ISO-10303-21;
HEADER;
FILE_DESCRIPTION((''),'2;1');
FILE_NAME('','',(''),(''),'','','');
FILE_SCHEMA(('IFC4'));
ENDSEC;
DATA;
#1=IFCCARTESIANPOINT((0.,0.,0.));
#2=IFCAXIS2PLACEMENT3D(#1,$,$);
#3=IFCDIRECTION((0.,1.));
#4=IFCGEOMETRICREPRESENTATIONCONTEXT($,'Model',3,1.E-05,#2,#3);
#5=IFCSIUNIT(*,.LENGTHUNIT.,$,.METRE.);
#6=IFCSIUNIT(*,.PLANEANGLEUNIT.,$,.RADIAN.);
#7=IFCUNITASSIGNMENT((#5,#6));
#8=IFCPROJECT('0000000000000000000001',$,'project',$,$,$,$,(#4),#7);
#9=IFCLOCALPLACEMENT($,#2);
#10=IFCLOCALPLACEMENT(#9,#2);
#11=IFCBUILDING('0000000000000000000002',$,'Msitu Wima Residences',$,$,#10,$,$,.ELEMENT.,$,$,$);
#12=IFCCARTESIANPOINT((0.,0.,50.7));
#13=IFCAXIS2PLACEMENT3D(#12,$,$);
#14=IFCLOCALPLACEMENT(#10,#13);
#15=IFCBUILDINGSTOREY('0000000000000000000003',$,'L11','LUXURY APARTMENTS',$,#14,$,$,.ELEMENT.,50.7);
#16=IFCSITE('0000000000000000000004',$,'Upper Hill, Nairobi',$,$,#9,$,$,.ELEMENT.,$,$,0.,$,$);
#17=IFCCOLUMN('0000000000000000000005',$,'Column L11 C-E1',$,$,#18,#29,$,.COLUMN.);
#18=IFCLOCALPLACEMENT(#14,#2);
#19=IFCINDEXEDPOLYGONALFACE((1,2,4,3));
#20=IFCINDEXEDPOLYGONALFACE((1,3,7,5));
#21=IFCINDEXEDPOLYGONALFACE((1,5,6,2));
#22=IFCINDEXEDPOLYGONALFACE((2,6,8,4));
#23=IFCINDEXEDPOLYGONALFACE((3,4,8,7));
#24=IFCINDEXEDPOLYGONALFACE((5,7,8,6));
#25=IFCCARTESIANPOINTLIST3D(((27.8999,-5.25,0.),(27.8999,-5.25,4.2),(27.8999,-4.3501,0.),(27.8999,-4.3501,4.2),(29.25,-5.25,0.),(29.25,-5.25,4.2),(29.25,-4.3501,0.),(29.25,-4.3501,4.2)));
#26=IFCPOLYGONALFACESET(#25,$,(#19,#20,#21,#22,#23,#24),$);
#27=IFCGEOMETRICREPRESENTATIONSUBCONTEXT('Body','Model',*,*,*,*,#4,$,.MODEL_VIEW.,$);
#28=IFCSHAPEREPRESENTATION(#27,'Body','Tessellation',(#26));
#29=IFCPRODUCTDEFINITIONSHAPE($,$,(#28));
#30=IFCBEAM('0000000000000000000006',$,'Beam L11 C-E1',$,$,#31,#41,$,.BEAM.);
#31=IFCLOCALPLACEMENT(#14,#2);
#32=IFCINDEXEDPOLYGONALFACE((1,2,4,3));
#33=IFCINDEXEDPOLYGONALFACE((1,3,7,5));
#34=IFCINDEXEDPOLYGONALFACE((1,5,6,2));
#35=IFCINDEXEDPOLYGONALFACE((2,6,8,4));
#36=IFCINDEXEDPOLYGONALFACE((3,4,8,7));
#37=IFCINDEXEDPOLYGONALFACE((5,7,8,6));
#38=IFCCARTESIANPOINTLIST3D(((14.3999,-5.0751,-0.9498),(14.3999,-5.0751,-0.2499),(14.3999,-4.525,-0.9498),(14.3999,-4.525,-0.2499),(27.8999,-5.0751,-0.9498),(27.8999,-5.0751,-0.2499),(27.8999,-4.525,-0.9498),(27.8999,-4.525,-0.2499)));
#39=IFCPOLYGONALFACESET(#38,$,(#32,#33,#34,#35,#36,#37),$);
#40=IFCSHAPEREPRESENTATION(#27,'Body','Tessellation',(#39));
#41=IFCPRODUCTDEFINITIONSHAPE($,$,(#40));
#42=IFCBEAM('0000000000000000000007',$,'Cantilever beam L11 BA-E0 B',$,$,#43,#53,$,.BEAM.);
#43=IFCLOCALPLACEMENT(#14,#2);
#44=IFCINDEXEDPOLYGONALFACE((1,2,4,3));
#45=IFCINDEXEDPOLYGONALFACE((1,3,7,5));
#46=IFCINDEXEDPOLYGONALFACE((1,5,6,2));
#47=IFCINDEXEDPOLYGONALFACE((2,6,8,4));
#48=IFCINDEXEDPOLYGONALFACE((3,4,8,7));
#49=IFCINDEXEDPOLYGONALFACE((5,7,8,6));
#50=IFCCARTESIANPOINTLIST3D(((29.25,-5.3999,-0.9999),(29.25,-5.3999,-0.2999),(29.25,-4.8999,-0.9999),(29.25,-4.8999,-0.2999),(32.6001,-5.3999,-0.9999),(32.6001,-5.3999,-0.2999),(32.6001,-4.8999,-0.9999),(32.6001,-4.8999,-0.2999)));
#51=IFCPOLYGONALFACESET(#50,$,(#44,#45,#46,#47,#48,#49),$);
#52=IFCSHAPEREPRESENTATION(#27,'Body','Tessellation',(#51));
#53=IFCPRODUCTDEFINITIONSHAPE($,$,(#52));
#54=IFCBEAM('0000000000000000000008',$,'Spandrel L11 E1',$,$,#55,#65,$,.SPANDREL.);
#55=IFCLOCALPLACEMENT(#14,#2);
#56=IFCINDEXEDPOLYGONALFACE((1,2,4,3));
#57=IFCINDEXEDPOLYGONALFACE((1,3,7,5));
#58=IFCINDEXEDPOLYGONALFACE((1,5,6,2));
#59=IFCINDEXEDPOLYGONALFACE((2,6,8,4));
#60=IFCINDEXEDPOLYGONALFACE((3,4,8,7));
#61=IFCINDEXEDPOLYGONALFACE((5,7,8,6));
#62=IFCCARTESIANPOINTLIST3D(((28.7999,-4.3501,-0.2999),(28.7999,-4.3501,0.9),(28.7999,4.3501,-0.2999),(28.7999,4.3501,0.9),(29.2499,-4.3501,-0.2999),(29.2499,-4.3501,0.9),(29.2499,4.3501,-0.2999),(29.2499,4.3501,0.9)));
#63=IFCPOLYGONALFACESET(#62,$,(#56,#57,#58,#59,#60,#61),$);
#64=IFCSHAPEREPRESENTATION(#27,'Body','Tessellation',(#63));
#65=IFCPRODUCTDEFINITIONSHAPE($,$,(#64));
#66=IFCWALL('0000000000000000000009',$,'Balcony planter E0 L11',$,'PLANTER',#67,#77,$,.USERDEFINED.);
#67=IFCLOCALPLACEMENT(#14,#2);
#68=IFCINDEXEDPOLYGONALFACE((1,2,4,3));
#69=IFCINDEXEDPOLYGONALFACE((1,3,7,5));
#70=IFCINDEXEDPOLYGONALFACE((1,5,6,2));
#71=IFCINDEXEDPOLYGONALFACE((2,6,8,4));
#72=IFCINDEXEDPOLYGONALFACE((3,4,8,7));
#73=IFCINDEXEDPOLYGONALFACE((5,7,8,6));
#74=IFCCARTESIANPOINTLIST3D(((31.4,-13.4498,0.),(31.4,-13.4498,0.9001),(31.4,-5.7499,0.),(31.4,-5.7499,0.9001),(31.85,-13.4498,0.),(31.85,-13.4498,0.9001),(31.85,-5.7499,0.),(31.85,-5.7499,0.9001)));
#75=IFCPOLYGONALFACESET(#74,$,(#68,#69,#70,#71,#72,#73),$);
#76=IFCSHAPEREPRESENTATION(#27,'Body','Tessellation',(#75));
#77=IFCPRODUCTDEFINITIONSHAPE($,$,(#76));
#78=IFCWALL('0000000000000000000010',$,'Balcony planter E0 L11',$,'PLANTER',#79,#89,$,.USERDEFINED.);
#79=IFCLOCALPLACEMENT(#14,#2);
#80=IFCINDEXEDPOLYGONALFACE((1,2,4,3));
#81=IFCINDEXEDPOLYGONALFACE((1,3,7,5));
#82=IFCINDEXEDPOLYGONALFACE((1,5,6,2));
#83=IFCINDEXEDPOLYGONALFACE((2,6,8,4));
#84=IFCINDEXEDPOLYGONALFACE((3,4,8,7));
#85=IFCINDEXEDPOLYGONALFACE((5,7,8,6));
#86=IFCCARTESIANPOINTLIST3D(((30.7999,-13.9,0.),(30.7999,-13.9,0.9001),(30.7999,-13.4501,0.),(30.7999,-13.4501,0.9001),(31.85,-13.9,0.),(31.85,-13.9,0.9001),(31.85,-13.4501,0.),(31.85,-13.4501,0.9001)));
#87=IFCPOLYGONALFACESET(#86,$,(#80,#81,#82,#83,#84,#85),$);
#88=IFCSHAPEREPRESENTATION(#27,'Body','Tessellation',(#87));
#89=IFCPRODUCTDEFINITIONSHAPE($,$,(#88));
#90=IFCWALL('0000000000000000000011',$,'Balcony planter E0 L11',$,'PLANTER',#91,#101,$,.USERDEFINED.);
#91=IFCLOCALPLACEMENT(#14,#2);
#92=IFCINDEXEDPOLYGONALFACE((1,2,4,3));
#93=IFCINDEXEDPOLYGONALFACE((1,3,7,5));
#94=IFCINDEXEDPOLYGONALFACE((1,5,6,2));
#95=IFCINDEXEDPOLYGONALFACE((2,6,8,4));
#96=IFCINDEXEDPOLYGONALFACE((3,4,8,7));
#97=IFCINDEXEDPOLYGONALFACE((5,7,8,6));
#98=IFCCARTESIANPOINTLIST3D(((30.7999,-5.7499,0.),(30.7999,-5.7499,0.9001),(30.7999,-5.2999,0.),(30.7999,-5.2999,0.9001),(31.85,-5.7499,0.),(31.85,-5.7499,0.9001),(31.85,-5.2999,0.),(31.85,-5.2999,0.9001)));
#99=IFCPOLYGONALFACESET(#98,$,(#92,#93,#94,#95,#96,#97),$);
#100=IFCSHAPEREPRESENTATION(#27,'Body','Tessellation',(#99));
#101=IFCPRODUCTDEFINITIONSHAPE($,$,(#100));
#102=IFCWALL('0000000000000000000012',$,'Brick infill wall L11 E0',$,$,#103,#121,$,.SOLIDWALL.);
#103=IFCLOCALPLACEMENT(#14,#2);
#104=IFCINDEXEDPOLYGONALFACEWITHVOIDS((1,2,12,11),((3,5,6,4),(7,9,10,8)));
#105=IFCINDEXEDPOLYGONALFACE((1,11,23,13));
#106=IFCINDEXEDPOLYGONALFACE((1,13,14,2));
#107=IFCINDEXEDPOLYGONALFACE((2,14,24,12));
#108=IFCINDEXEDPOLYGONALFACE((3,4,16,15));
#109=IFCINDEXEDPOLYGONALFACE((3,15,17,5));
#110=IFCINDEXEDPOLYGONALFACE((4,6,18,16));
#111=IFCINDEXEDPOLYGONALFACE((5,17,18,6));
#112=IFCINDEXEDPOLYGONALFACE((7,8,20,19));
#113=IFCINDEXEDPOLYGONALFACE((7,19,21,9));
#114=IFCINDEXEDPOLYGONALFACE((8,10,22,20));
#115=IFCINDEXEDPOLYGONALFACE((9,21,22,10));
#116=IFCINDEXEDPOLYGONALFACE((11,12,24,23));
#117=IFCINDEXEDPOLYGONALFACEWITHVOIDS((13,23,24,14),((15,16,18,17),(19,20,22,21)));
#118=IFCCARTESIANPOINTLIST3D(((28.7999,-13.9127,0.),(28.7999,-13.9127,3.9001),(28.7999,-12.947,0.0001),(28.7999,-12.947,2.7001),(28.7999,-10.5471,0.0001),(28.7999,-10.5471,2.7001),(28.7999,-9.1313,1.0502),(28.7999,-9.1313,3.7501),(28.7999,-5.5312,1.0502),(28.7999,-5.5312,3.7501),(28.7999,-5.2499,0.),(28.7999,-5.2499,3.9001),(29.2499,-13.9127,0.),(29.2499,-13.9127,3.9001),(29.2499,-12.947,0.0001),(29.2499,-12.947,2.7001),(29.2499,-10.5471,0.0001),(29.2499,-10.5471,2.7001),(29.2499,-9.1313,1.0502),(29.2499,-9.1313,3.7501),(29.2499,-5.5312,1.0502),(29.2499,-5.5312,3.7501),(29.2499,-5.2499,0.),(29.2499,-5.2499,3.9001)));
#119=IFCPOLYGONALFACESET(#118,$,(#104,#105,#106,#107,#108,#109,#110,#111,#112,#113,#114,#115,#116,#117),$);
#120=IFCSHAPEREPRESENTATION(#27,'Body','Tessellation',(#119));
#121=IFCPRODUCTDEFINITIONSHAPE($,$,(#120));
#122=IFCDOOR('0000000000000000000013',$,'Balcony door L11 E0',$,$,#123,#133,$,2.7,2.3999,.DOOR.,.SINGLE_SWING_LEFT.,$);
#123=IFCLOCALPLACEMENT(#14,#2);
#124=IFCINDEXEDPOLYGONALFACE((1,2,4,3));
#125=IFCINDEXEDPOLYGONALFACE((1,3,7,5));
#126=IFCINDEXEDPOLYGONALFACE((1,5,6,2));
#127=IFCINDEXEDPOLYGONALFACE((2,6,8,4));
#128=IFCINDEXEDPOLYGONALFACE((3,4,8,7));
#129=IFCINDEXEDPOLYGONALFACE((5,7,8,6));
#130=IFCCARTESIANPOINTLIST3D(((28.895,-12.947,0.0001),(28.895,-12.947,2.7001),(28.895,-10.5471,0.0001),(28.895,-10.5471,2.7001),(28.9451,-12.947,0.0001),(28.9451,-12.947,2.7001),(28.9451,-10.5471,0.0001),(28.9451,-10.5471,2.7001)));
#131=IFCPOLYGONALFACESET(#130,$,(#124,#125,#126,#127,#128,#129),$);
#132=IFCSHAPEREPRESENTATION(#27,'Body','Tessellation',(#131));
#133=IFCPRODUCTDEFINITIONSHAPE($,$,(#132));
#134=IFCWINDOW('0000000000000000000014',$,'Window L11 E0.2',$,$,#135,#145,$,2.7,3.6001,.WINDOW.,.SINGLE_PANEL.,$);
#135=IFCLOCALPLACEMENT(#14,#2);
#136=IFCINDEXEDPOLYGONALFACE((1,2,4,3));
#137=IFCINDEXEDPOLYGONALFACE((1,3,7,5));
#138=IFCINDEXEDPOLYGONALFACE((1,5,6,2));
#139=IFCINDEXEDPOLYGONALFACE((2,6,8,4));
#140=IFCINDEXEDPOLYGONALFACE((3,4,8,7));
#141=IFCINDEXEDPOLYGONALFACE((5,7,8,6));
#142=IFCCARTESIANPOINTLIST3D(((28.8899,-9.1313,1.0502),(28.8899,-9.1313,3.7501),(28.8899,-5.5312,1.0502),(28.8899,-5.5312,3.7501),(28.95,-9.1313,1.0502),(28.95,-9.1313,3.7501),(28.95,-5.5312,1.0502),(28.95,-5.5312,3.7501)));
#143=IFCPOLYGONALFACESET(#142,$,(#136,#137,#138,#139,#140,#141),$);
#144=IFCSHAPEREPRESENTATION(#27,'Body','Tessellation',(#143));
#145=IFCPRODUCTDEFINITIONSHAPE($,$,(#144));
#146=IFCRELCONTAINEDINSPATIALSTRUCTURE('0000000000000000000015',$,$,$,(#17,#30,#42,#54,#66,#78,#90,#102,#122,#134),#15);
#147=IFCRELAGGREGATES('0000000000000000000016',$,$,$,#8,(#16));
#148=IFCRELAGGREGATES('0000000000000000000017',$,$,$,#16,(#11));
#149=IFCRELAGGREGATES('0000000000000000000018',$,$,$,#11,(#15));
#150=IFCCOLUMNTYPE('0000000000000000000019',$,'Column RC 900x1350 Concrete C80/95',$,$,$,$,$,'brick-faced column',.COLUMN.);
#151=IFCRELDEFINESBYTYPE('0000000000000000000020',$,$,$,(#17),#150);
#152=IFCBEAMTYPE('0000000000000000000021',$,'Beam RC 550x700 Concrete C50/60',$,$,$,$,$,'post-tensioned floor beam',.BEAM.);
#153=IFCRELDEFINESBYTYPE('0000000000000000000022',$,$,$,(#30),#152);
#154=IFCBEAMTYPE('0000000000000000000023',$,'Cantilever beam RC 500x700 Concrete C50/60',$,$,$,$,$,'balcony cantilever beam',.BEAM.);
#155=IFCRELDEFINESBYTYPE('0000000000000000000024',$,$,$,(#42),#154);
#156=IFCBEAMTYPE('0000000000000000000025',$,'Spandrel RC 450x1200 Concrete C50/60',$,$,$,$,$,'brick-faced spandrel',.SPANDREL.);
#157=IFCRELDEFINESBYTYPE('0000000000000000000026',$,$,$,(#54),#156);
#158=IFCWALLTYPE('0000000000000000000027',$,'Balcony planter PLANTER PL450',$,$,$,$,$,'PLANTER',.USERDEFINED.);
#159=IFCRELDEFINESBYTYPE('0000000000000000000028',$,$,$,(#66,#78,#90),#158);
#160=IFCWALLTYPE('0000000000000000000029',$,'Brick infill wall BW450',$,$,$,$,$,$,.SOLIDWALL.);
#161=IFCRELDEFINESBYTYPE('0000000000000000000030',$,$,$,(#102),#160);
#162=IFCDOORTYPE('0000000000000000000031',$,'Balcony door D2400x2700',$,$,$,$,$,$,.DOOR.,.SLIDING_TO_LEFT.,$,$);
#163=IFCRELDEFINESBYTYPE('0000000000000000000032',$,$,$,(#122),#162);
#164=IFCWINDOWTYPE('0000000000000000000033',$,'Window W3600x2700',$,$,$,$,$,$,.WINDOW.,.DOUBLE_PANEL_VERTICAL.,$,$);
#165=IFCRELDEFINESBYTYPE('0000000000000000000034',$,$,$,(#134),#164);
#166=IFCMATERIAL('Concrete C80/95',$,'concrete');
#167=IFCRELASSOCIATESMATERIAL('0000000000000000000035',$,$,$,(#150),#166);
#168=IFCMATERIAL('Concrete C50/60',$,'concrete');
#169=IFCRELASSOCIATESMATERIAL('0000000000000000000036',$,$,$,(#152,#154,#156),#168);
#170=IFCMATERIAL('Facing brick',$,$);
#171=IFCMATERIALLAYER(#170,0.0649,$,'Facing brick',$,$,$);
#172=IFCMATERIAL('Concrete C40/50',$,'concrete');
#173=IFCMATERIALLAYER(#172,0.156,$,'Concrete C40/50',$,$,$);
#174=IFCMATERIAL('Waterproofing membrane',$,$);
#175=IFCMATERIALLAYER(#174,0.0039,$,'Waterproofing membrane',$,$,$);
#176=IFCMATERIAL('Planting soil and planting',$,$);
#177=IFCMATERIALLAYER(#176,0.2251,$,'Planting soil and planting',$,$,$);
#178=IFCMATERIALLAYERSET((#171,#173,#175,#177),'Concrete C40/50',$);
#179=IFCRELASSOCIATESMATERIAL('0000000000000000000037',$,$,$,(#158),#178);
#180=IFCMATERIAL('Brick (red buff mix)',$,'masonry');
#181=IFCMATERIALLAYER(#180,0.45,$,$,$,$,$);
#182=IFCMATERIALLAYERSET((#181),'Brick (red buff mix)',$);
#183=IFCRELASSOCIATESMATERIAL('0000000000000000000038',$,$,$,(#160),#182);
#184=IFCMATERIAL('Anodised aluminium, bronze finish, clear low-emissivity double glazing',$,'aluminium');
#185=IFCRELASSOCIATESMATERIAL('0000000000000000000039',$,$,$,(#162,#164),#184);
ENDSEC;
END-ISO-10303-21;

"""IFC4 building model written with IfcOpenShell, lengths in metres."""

from ifc_helpers import new_model, si_unit, direction, frame, frame_2d, origin, origin_2d, place, context, subcontext, project, spatial, rectangle, extrude, material, layer, layer_set, material_profile, profile_set, type_object, element, fill, save


model = new_model("IFC4")

# Units and contexts
model_context = context("Model", 3, precision=1e-05, world=origin(), true_north=direction((0.0, 1.0)))
body_context = subcontext(model_context, "Body", "Model", "MODEL_VIEW")
ifc_project = project(units=[si_unit("LENGTHUNIT", "METRE"), si_unit("PLANEANGLEUNIT", "RADIAN")], contexts=[model_context])

# Site, building, storey
site_placement = place(None, origin())
site = spatial("IfcSite", under=ifc_project, at=site_placement, Name="Upper Hill, Nairobi", CompositionType="ELEMENT", RefElevation=0.0)
building_placement = place(site_placement, origin())
building = spatial("IfcBuilding", under=site, at=building_placement, Name="Msitu Wima Residences", CompositionType="ELEMENT")
storey_placement = place(building_placement, frame((0.0, 0.0, 50.7)))
storey = spatial("IfcBuildingStorey", under=building, at=storey_placement, Name="L11", Description="LUXURY APARTMENTS", CompositionType="ELEMENT", Elevation=50.7)

# Column
ifc_material_1 = material(Name="Concrete C80/95", Category="concrete")
ifc_material_profile_1 = material_profile(ifc_material_1, rectangle(XDim=0.8999, YDim=1.3501, at=origin_2d()), Name="RC 900x1350")
ifc_profile_set_1 = profile_set([ifc_material_profile_1], Name="Concrete C80/95")
column_type = type_object("IfcColumnType", Name="Column RC 900x1350 Concrete C80/95", ElementType="brick-faced column", PredefinedType="COLUMN", material=ifc_profile_set_1)
column_placement = place(storey_placement, frame((28.575, -4.8, 0.0), z_axis=(0.0, 0.0, 1.0), x_axis=(0.0, 1.0, 0.0)))
element("IfcColumn", 1, at=column_placement, inside=storey, type_object=column_type, Name="Column L11 C-E1", PredefinedType="COLUMN", context=body_context, shape_type="SweptSolid", body=[
    extrude(rectangle(XDim=0.8999, YDim=1.3501, at=origin_2d()), origin(), (0.0, 0.0, 1.0), 4.2),
])

# Beams
ifc_material_2 = material(Name="Concrete C50/60", Category="concrete")
ifc_material_profile_2 = material_profile(ifc_material_2, rectangle(XDim=0.55, YDim=0.7, at=origin_2d()), Name="RC 550x700")
ifc_profile_set_2 = profile_set([ifc_material_profile_2], Name="Concrete C50/60")
beam_type_1 = type_object("IfcBeamType", Name="Beam RC 550x700 Concrete C50/60", ElementType="post-tensioned floor beam", PredefinedType="BEAM", material=ifc_profile_set_2)
beam_1_placement = place(storey_placement, frame((27.8999, -4.8, -0.5999), z_axis=(-1.0, 0.0, 0.0), x_axis=(0.0, -1.0, 0.0)))
element("IfcBeam", 2, at=beam_1_placement, inside=storey, type_object=beam_type_1, Name="Beam L11 C-E1", PredefinedType="BEAM", context=body_context, shape_type="SweptSolid", body=[
    extrude(rectangle(XDim=0.55, YDim=0.7, at=origin_2d()), origin(), (0.0, 0.0, 1.0), 13.5),
])
ifc_material_profile_3 = material_profile(ifc_material_2, rectangle(XDim=0.5, YDim=0.7, at=origin_2d()), Name="RC 500x700")
ifc_profile_set_3 = profile_set([ifc_material_profile_3], Name="Concrete C50/60")
beam_type_2 = type_object("IfcBeamType", Name="Cantilever beam RC 500x700 Concrete C50/60", ElementType="balcony cantilever beam", PredefinedType="BEAM", material=ifc_profile_set_3)
beam_2_placement = place(storey_placement, frame((29.25, -5.1499, -0.6499), z_axis=(1.0, 0.0, 0.0), x_axis=(0.0, 1.0, 0.0)))
element("IfcBeam", 3, at=beam_2_placement, inside=storey, type_object=beam_type_2, Name="Cantilever beam L11 BA-E0 B", PredefinedType="BEAM", context=body_context, shape_type="SweptSolid", body=[
    extrude(rectangle(XDim=0.5, YDim=0.7, at=origin_2d()), origin(), (0.0, 0.0, 1.0), 3.3501),
])
ifc_material_profile_4 = material_profile(ifc_material_2, rectangle(XDim=0.45, YDim=1.2, at=origin_2d()), Name="RC 450x1200")
ifc_profile_set_4 = profile_set([ifc_material_profile_4], Name="Concrete C50/60")
beam_type_3 = type_object("IfcBeamType", Name="Spandrel RC 450x1200 Concrete C50/60", ElementType="brick-faced spandrel", PredefinedType="SPANDREL", material=ifc_profile_set_4)
beam_3_placement = place(storey_placement, frame((29.0249, -4.3501, 0.3), z_axis=(0.0, 1.0, 0.0), x_axis=(-1.0, 0.0, 0.0)))
element("IfcBeam", 4, at=beam_3_placement, inside=storey, type_object=beam_type_3, Name="Spandrel L11 E1", PredefinedType="SPANDREL", context=body_context, shape_type="SweptSolid", body=[
    extrude(rectangle(XDim=0.45, YDim=1.2, at=origin_2d()), origin(), (0.0, 0.0, 1.0), 8.7002),
])

# Walls
ifc_material_3 = material(Name="Facing brick")
ifc_layer_1 = layer(ifc_material_3, 0.0649, Name="Facing brick")
ifc_material_4 = material(Name="Concrete C40/50", Category="concrete")
ifc_layer_2 = layer(ifc_material_4, 0.156, Name="Concrete C40/50")
ifc_material_5 = material(Name="Waterproofing membrane")
ifc_layer_3 = layer(ifc_material_5, 0.0039, Name="Waterproofing membrane")
ifc_material_6 = material(Name="Planting soil and planting")
ifc_layer_4 = layer(ifc_material_6, 0.2251, Name="Planting soil and planting")
ifc_layer_set_1 = layer_set([ifc_layer_1, ifc_layer_2, ifc_layer_3, ifc_layer_4], Name="Concrete C40/50")
wall_type_1 = type_object("IfcWallType", Name="Balcony planter PLANTER PL450", ElementType="PLANTER", PredefinedType="USERDEFINED", material=ifc_layer_set_1)
wall_1_placement = place(storey_placement, frame((31.625, -13.45, 0.0), z_axis=(0.0, 0.0, 1.0), x_axis=(0.0, 1.0, 0.0)))
element("IfcWall", 5, at=wall_1_placement, inside=storey, type_object=wall_type_1, Name="Balcony planter E0 L11", ObjectType="PLANTER", PredefinedType="USERDEFINED", context=body_context, shape_type="SweptSolid", body=[
    extrude(rectangle(XDim=7.7, YDim=0.45, at=frame_2d((3.8501, 0.0))), origin(), (0.0, 0.0, 1.0), 0.9001),
])
for number, where, z_axis, x_axis, name in (
    (6, (30.8, -13.675, 0.0), (0.0, 0.0, 1.0), (1.0, 0.0, 0.0), "Balcony planter E0 L11"),
    (7, (30.8, -5.5249, 0.0), (0.0, 0.0, 1.0), (1.0, 0.0, 0.0), "Balcony planter E0 L11"),
):
    element("IfcWall", number, at=place(storey_placement, frame(where, z_axis=z_axis, x_axis=x_axis)), inside=storey, type_object=wall_type_1, Name=name, ObjectType="PLANTER", PredefinedType="USERDEFINED", context=body_context, shape_type="SweptSolid", body=[
        extrude(rectangle(XDim=1.05, YDim=0.45, at=frame_2d((0.5249, 0.0))), origin(), (0.0, 0.0, 1.0), 0.9001),
    ])

# Wall, openings, door, window
ifc_material_7 = material(Name="Brick (red buff mix)", Category="masonry")
ifc_layer_5 = layer(ifc_material_7, 0.45)
ifc_layer_set_2 = layer_set([ifc_layer_5], Name="Brick (red buff mix)")
wall_type_2 = type_object("IfcWallType", Name="Brick infill wall BW450", PredefinedType="SOLIDWALL", material=ifc_layer_set_2)
wall_2_placement = place(storey_placement, frame((29.0249, -13.9128, 0.0), z_axis=(0.0, 0.0, 1.0), x_axis=(0.0, 1.0, 0.0)))
wall_2 = element("IfcWall", 8, at=wall_2_placement, inside=storey, type_object=wall_type_2, Name="Brick infill wall L11 E0", PredefinedType="SOLIDWALL", context=body_context, shape_type="SweptSolid", body=[
    extrude(rectangle(XDim=8.6628, YDim=0.45, at=frame_2d((4.3315, 0.0))), origin(), (0.0, 0.0, 1.0), 3.9001),
])
opening_1_placement = place(wall_2_placement, frame((0.9658, 0.0, 0.0)))
opening_1 = element("IfcOpeningElement", 9, at=opening_1_placement, cuts=wall_2, PredefinedType="OPENING", context=body_context, shape_type="SweptSolid", body=[
    extrude(rectangle(XDim=2.3999, YDim=2.7, at=frame_2d((1.2, 1.3501))), frame((0.0, 0.2349, 0.0), z_axis=(0.0, -1.0, 0.0), x_axis=(1.0, 0.0, 0.0)), (0.0, 0.0, 1.0), 0.47),
])
opening_2_placement = place(wall_2_placement, frame((4.7815, 0.0, 1.05)))
opening_2 = element("IfcOpeningElement", 10, at=opening_2_placement, cuts=wall_2, PredefinedType="OPENING", context=body_context, shape_type="SweptSolid", body=[
    extrude(rectangle(XDim=3.6001, YDim=2.7, at=frame_2d((1.8, 1.3501))), frame((0.0, 0.2349, 0.0), z_axis=(0.0, -1.0, 0.0), x_axis=(1.0, 0.0, 0.0)), (0.0, 0.0, 1.0), 0.47),
])
ifc_material_8 = material(Name="Anodised aluminium, bronze finish, clear low-emissivity double glazing", Category="aluminium")
door_type_1 = type_object("IfcDoorType", Name="Balcony door D2400x2700", OperationType="SLIDING_TO_LEFT", PredefinedType="DOOR", material=ifc_material_8)
door_1_placement = place(opening_1_placement, origin())
door_1 = element("IfcDoor", 11, at=door_1_placement, inside=storey, type_object=door_type_1, Name="Balcony door L11 E0", OperationType="SINGLE_SWING_LEFT", OverallHeight=2.7, OverallWidth=2.3999, PredefinedType="DOOR", context=body_context, shape_type="SweptSolid", body=[
    extrude(rectangle(XDim=2.3999, YDim=2.7, at=frame_2d((1.2, 1.3501))), frame((0.0, 0.1299, 0.0), z_axis=(0.0, -1.0, 0.0), x_axis=(1.0, 0.0, 0.0)), (0.0, 0.0, 1.0), 0.05),
])
fill(opening_1, door_1)
window_type = type_object("IfcWindowType", Name="Window W3600x2700", PartitioningType="DOUBLE_PANEL_VERTICAL", PredefinedType="WINDOW", material=ifc_material_8)
window_1_placement = place(opening_2_placement, origin())
window_1 = element("IfcWindow", 12, at=window_1_placement, inside=storey, type_object=window_type, Name="Window L11 E0.2", OverallHeight=2.7, OverallWidth=3.6001, PartitioningType="SINGLE_PANEL", PredefinedType="WINDOW", context=body_context, shape_type="SweptSolid", body=[
    extrude(rectangle(XDim=3.6001, YDim=2.7, at=frame_2d((1.8, 1.3501))), frame((0.0, 0.135, 0.0), z_axis=(0.0, -1.0, 0.0), x_axis=(1.0, 0.0, 0.0)), (0.0, 0.0, 1.0), 0.0601),
])
fill(opening_2, window_1)

save(model, "model.ifc")
